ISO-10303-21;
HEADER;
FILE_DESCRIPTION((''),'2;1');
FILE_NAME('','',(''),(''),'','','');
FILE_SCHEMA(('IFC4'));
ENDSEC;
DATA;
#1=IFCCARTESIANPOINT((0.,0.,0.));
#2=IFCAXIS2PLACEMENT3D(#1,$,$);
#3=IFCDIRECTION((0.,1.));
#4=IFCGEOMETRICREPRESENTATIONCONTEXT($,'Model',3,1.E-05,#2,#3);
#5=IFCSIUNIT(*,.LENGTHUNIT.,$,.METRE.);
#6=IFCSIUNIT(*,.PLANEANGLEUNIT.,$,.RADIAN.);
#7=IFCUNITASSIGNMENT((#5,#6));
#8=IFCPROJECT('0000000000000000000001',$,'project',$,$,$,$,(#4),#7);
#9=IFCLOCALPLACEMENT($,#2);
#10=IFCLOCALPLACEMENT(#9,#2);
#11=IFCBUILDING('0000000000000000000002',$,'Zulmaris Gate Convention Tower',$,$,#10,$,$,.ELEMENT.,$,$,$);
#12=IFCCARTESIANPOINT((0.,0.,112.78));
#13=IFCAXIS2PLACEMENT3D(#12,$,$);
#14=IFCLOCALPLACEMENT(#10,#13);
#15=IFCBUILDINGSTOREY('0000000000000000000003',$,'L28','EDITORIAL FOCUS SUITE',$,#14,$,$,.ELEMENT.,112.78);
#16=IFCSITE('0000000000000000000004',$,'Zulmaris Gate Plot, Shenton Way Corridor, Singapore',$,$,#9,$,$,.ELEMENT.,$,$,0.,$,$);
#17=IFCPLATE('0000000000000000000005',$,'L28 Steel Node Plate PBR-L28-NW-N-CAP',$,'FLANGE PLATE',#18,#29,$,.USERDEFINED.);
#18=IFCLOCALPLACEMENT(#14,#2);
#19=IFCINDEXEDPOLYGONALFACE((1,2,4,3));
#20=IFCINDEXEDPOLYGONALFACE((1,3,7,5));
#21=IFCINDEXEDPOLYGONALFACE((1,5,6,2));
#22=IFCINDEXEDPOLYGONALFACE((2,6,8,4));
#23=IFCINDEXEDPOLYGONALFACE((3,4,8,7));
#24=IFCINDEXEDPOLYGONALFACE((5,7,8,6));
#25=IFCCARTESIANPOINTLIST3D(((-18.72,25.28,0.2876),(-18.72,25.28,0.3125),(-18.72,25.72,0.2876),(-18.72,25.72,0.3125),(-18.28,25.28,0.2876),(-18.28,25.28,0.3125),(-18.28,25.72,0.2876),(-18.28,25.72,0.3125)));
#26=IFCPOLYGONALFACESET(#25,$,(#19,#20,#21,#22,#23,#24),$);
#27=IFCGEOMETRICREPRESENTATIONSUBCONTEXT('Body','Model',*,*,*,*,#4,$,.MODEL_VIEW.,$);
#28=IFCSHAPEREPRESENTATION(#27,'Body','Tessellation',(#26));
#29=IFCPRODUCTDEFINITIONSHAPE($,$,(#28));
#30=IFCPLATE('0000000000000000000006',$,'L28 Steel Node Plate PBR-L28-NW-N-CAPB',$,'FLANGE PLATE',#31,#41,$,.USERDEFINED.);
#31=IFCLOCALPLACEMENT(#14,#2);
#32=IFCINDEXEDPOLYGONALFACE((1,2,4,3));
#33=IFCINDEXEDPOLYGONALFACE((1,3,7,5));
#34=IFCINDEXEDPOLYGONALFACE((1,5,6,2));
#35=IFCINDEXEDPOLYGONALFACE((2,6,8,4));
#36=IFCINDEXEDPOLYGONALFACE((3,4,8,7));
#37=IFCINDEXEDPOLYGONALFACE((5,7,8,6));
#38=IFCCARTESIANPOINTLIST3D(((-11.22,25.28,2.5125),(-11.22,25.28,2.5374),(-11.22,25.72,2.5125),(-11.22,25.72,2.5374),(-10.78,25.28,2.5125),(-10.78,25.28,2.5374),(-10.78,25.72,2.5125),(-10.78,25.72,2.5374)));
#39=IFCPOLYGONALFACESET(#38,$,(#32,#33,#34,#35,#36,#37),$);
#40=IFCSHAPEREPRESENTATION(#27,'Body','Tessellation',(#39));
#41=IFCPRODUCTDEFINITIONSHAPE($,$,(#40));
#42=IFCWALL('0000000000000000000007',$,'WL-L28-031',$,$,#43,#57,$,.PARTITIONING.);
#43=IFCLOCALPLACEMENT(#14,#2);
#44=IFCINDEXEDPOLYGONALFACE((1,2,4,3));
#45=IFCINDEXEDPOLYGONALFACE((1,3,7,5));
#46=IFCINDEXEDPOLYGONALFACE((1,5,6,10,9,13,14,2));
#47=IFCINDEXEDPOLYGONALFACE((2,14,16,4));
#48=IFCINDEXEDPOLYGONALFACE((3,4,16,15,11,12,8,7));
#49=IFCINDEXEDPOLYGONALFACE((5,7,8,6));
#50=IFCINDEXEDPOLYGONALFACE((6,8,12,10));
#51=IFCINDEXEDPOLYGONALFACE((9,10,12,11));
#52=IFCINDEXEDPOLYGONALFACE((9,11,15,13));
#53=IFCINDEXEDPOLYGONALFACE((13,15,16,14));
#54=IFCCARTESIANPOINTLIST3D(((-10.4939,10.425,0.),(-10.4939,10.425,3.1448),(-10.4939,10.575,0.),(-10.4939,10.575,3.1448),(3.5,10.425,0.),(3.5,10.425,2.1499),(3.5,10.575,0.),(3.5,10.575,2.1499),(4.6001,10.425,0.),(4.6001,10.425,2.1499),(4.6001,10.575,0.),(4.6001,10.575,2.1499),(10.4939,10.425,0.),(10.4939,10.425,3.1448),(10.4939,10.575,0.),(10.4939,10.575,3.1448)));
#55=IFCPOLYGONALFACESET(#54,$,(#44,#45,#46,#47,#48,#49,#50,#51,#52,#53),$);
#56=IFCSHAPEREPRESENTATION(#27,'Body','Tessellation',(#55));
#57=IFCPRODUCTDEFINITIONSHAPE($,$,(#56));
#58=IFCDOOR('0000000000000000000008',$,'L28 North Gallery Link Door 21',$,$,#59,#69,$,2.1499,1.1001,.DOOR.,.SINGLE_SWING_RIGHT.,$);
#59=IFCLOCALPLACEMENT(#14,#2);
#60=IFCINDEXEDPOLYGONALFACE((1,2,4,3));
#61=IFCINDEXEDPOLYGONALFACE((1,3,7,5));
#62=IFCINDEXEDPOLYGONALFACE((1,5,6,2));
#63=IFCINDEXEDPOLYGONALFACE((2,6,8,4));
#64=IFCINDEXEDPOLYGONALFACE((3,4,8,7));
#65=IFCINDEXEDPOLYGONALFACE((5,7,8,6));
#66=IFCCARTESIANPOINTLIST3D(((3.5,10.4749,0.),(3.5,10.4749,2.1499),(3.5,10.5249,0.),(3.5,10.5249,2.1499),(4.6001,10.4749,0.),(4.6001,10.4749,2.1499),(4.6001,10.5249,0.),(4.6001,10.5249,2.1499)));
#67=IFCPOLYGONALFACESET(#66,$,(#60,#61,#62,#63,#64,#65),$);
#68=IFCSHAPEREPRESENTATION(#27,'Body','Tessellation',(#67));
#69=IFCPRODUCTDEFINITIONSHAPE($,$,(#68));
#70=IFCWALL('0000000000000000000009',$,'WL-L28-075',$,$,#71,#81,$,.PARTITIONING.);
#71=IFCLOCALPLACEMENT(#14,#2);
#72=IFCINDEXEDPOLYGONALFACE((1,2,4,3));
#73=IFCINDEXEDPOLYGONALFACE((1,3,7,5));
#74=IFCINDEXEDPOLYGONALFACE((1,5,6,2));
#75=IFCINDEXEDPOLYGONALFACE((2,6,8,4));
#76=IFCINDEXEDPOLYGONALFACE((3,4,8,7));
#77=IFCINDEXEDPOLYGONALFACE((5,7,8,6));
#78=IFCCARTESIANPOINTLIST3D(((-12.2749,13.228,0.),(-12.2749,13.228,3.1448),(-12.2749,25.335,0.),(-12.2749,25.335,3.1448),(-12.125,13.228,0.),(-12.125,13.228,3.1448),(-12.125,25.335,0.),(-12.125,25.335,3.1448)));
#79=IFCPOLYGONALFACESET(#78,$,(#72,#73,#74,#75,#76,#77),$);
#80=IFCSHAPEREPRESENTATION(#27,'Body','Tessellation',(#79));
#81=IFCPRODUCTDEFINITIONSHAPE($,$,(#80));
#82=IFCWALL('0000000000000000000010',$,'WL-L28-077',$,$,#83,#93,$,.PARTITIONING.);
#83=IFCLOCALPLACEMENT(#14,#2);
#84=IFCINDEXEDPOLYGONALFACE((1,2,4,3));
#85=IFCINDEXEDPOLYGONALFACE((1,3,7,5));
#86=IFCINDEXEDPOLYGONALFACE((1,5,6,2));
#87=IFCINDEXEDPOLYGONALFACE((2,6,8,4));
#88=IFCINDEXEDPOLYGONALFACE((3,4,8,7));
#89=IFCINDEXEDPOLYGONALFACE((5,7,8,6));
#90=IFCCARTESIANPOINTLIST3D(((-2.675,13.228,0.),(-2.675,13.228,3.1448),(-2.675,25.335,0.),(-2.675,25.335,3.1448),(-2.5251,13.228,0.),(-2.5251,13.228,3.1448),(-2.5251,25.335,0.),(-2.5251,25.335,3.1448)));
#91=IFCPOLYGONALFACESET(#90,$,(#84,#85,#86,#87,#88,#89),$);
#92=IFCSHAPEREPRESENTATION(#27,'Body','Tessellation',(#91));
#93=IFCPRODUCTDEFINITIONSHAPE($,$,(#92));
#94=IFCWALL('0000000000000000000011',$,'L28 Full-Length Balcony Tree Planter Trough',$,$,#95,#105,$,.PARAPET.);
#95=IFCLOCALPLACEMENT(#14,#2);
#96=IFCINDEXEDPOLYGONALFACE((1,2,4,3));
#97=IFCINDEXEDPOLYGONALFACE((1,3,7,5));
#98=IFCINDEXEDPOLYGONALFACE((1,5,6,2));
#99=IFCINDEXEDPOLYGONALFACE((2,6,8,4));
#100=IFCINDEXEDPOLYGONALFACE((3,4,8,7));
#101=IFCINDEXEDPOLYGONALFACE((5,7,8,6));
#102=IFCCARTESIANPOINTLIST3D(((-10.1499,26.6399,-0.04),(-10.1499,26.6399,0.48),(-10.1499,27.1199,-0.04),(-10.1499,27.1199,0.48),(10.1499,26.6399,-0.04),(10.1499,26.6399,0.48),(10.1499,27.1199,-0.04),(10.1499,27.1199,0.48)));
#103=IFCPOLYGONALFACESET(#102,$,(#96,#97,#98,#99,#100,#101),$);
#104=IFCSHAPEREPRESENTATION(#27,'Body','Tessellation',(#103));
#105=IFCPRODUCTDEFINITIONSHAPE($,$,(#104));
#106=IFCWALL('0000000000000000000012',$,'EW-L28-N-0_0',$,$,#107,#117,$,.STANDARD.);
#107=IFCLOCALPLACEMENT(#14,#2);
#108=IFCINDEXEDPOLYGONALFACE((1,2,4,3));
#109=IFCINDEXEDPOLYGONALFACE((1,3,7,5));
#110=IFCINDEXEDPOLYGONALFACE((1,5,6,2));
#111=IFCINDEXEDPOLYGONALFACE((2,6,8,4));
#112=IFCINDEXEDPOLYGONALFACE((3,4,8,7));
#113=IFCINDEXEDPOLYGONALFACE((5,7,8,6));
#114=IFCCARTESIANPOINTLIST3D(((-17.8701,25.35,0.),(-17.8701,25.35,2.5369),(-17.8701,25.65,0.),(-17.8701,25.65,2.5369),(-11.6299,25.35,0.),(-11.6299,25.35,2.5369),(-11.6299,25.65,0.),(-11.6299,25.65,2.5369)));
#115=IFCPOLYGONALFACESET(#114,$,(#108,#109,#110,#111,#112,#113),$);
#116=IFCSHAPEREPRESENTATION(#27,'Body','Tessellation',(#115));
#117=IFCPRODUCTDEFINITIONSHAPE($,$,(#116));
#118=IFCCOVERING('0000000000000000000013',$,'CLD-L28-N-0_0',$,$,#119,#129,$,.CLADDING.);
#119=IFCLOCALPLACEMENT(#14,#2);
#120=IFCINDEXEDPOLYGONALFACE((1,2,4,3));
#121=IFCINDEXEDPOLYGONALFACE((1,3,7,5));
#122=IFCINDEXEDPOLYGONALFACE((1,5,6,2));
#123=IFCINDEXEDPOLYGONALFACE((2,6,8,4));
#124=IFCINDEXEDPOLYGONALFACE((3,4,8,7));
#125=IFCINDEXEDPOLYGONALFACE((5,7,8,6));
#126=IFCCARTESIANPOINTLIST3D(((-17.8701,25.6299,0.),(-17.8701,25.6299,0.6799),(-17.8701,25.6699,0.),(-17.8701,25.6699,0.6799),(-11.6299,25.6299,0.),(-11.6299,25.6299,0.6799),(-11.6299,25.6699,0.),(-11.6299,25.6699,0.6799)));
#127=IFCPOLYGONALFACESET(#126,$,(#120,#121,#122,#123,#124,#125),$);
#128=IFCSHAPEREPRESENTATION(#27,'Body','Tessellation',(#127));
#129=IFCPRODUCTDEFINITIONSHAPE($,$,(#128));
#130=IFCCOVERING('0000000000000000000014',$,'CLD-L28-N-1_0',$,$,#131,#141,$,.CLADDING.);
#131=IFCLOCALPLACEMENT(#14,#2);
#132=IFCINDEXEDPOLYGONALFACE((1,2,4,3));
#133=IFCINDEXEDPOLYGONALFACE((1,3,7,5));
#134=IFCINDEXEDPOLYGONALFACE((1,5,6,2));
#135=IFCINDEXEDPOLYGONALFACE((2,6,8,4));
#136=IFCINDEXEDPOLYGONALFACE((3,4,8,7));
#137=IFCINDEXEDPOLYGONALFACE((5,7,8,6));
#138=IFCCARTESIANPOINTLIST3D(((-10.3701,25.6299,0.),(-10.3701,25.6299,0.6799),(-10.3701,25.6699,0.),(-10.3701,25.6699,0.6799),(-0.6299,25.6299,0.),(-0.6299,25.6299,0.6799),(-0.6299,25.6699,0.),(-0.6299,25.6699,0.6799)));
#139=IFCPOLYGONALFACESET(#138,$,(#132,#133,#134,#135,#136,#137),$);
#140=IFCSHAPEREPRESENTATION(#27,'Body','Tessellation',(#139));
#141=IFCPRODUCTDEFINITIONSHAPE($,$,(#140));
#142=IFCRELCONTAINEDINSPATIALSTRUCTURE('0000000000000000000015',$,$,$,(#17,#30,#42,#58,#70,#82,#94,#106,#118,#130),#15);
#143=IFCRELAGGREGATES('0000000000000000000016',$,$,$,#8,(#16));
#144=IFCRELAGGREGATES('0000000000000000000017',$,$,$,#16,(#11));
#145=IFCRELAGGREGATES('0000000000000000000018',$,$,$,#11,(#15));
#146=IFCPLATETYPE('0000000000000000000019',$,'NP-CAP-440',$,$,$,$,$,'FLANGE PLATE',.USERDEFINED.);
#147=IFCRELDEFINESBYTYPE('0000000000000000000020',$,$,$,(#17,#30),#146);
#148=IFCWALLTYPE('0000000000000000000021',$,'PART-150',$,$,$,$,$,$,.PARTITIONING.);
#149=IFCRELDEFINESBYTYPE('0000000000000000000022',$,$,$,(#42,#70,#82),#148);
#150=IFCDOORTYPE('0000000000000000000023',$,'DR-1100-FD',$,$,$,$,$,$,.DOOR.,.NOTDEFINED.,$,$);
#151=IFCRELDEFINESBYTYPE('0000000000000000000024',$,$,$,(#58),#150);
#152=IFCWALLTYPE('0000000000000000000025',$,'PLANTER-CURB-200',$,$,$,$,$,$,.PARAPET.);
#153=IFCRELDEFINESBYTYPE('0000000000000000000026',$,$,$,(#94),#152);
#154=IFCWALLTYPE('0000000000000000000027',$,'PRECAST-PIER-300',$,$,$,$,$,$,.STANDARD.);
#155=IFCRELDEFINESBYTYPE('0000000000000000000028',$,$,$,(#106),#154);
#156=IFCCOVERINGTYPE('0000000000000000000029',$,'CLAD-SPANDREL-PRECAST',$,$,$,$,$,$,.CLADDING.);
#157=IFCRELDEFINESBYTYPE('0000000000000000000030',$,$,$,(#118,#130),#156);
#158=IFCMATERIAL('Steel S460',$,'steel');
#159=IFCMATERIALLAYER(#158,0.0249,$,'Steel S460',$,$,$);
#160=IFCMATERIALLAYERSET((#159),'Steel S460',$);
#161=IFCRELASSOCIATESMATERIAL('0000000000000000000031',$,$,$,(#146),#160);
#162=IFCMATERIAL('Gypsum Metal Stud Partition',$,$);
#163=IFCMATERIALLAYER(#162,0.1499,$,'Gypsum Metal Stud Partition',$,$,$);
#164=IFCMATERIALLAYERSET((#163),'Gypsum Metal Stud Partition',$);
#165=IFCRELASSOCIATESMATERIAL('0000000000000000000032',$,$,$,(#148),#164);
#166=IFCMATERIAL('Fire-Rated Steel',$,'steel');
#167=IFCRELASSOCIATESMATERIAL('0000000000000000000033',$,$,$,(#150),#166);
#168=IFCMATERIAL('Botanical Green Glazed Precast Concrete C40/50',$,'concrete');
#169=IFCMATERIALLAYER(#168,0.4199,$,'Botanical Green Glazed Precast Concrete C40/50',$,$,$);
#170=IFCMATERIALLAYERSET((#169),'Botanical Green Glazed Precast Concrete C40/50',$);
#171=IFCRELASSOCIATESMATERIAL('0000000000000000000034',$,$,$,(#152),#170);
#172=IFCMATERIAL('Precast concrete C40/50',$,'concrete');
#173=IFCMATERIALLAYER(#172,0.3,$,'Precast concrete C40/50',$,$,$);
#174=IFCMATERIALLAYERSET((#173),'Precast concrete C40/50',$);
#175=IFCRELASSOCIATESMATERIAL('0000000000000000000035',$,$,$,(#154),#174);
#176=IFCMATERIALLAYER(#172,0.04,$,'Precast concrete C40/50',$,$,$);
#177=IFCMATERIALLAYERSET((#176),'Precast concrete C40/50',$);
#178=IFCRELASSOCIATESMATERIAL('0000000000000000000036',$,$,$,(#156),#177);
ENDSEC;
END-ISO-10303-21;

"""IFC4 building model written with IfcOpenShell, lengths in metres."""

from ifc_helpers import new_model, si_unit, direction, frame, frame_2d, origin, origin_2d, place, context, subcontext, project, spatial, rectangle, extrude, material, layer, layer_set, type_object, element, fill, save


model = new_model("IFC4")

# Units and contexts
model_context = context("Model", 3, precision=1e-05, world=origin(), true_north=direction((0.0, 1.0)))
body_context = subcontext(model_context, "Body", "Model", "MODEL_VIEW")
ifc_project = project(units=[si_unit("LENGTHUNIT", "METRE"), si_unit("PLANEANGLEUNIT", "RADIAN")], contexts=[model_context])

# Site, building, storey
site_placement = place(None, origin())
site = spatial("IfcSite", under=ifc_project, at=site_placement, Name="Zulmaris Gate Plot, Shenton Way Corridor, Singapore", CompositionType="ELEMENT", RefElevation=0.0)
building_placement = place(site_placement, origin())
building = spatial("IfcBuilding", under=site, at=building_placement, Name="Zulmaris Gate Convention Tower", CompositionType="ELEMENT")
storey_placement = place(building_placement, frame((0.0, 0.0, 112.78)))
storey = spatial("IfcBuildingStorey", under=building, at=storey_placement, Name="L28", Description="EDITORIAL FOCUS SUITE", CompositionType="ELEMENT", Elevation=112.78)

# Shared definitions
ifc_material_1 = material(Name="Steel S460", Category="steel")

# Plates
ifc_layer_1 = layer(ifc_material_1, 0.0249, Name="Steel S460")
ifc_layer_set_1 = layer_set([ifc_layer_1], Name="Steel S460")
plate_type = type_object("IfcPlateType", Name="NP-CAP-440", ElementType="FLANGE PLATE", PredefinedType="USERDEFINED", material=ifc_layer_set_1)
for number, where, z_axis, x_axis, name in (
    (1, (-18.5, 25.5, 0.2876), (0.0, 0.0, 1.0), (1.0, 0.0, 0.0), "L28 Steel Node Plate PBR-L28-NW-N-CAP"),
    (2, (-11.0, 25.5, 2.5125), (0.0, 0.0, 1.0), (1.0, 0.0, 0.0), "L28 Steel Node Plate PBR-L28-NW-N-CAPB"),
):
    element("IfcPlate", number, at=place(storey_placement, frame(where, z_axis=z_axis, x_axis=x_axis)), inside=storey, type_object=plate_type, Name=name, ObjectType="FLANGE PLATE", PredefinedType="USERDEFINED", context=body_context, shape_type="SweptSolid", body=[
        extrude(rectangle(XDim=0.4399, YDim=0.4399, at=origin_2d()), origin(), (0.0, 0.0, 1.0), 0.0249),
    ])

# Wall, opening, door
ifc_material_2 = material(Name="Gypsum Metal Stud Partition")
ifc_layer_2 = layer(ifc_material_2, 0.1499, Name="Gypsum Metal Stud Partition")
ifc_layer_set_2 = layer_set([ifc_layer_2], Name="Gypsum Metal Stud Partition")
wall_type_1 = type_object("IfcWallType", Name="PART-150", PredefinedType="PARTITIONING", material=ifc_layer_set_2)
wall_1_placement = place(storey_placement, frame((-10.4939, 10.5, 0.0), z_axis=(0.0, 0.0, 1.0), x_axis=(1.0, 0.0, 0.0)))
wall_1 = element("IfcWall", 3, at=wall_1_placement, inside=storey, type_object=wall_type_1, Name="WL-L28-031", PredefinedType="PARTITIONING", context=body_context, shape_type="SweptSolid", body=[
    extrude(rectangle(XDim=20.9878, YDim=0.1499, at=frame_2d((10.4939, 0.0))), origin(), (0.0, 0.0, 1.0), 3.1448),
])
opening_1_placement = place(wall_1_placement, frame((13.9939, 0.0, 0.0)))
opening_1 = element("IfcOpeningElement", 4, at=opening_1_placement, cuts=wall_1, PredefinedType="OPENING", context=body_context, shape_type="SweptSolid", body=[
    extrude(rectangle(XDim=1.1001, YDim=2.1499, at=frame_2d((0.55, 1.075))), frame((0.0, 0.085, 0.0), z_axis=(0.0, -1.0, 0.0), x_axis=(1.0, 0.0, 0.0)), (0.0, 0.0, 1.0), 0.1699),
])
ifc_material_3 = material(Name="Fire-Rated Steel", Category="steel")
door_type_1 = type_object("IfcDoorType", Name="DR-1100-FD", OperationType="NOTDEFINED", PredefinedType="DOOR", material=ifc_material_3)
door_1_placement = place(opening_1_placement, origin())
door_1 = element("IfcDoor", 5, at=door_1_placement, inside=storey, type_object=door_type_1, Name="L28 North Gallery Link Door 21", OperationType="SINGLE_SWING_RIGHT", OverallHeight=2.1499, OverallWidth=1.1001, PredefinedType="DOOR", context=body_context, shape_type="SweptSolid", body=[
    extrude(rectangle(XDim=1.1001, YDim=2.1499, at=frame_2d((0.55, 1.075))), frame((0.0, 0.0249, 0.0), z_axis=(0.0, -1.0, 0.0), x_axis=(1.0, 0.0, 0.0)), (0.0, 0.0, 1.0), 0.05),
])
fill(opening_1, door_1)

# Walls
for number, where, z_axis, x_axis, name in (
    (6, (-12.2, 13.228, 0.0), (0.0, 0.0, 1.0), (0.0, 1.0, 0.0), "WL-L28-075"),
    (7, (-2.6001, 13.228, 0.0), (0.0, 0.0, 1.0), (0.0, 1.0, 0.0), "WL-L28-077"),
):
    element("IfcWall", number, at=place(storey_placement, frame(where, z_axis=z_axis, x_axis=x_axis)), inside=storey, type_object=wall_type_1, Name=name, PredefinedType="PARTITIONING", context=body_context, shape_type="SweptSolid", body=[
        extrude(rectangle(XDim=12.1069, YDim=0.1499, at=frame_2d((6.0535, 0.0))), origin(), (0.0, 0.0, 1.0), 3.1448),
    ])
ifc_material_4 = material(Name="Botanical Green Glazed Precast Concrete C40/50", Category="concrete")
ifc_layer_3 = layer(ifc_material_4, 0.4199, Name="Botanical Green Glazed Precast Concrete C40/50")
ifc_layer_set_3 = layer_set([ifc_layer_3], Name="Botanical Green Glazed Precast Concrete C40/50")
wall_type_2 = type_object("IfcWallType", Name="PLANTER-CURB-200", PredefinedType="PARAPET", material=ifc_layer_set_3)
wall_2_placement = place(storey_placement, frame((-10.1499, 26.8799, -0.04), z_axis=(0.0, 0.0, 1.0), x_axis=(1.0, 0.0, 0.0)))
element("IfcWall", 8, at=wall_2_placement, inside=storey, type_object=wall_type_2, Name="L28 Full-Length Balcony Tree Planter Trough", PredefinedType="PARAPET", context=body_context, shape_type="SweptSolid", body=[
    extrude(rectangle(XDim=20.2998, YDim=0.48, at=frame_2d((10.1499, 0.0))), origin(), (0.0, 0.0, 1.0), 0.52),
])
ifc_material_5 = material(Name="Precast concrete C40/50", Category="concrete")
ifc_layer_4 = layer(ifc_material_5, 0.3, Name="Precast concrete C40/50")
ifc_layer_set_4 = layer_set([ifc_layer_4], Name="Precast concrete C40/50")
wall_type_3 = type_object("IfcWallType", Name="PRECAST-PIER-300", PredefinedType="STANDARD", material=ifc_layer_set_4)
wall_3_placement = place(storey_placement, frame((-11.6299, 25.5, 0.0), z_axis=(0.0, 0.0, 1.0), x_axis=(-1.0, 0.0, 0.0)))
element("IfcWall", 9, at=wall_3_placement, inside=storey, type_object=wall_type_3, Name="EW-L28-N-0_0", PredefinedType="STANDARD", context=body_context, shape_type="SweptSolid", body=[
    extrude(rectangle(XDim=6.2402, YDim=0.3, at=frame_2d((3.1201, 0.0))), origin(), (0.0, 0.0, 1.0), 2.5369),
])

# Coverings
ifc_layer_5 = layer(ifc_material_5, 0.04, Name="Precast concrete C40/50")
ifc_layer_set_5 = layer_set([ifc_layer_5], Name="Precast concrete C40/50")
covering_type = type_object("IfcCoveringType", Name="CLAD-SPANDREL-PRECAST", PredefinedType="CLADDING", material=ifc_layer_set_5)
covering_1_placement = place(storey_placement, frame((-11.6299, 25.6499, 0.0), z_axis=(0.0, 0.0, 1.0), x_axis=(-1.0, 0.0, 0.0)))
element("IfcCovering", 10, at=covering_1_placement, inside=storey, type_object=covering_type, Name="CLD-L28-N-0_0", PredefinedType="CLADDING", context=body_context, shape_type="SweptSolid", body=[
    extrude(rectangle(XDim=6.2402, YDim=0.04, at=frame_2d((3.1201, 0.0))), origin(), (0.0, 0.0, 1.0), 0.6799),
])
covering_2_placement = place(storey_placement, frame((-0.6299, 25.6499, 0.0), z_axis=(0.0, 0.0, 1.0), x_axis=(-1.0, 0.0, 0.0)))
element("IfcCovering", 11, at=covering_2_placement, inside=storey, type_object=covering_type, Name="CLD-L28-N-1_0", PredefinedType="CLADDING", context=body_context, shape_type="SweptSolid", body=[
    extrude(rectangle(XDim=9.7402, YDim=0.04, at=frame_2d((4.8701, 0.0))), origin(), (0.0, 0.0, 1.0), 0.6799),
])

save(model, "model.ifc")
